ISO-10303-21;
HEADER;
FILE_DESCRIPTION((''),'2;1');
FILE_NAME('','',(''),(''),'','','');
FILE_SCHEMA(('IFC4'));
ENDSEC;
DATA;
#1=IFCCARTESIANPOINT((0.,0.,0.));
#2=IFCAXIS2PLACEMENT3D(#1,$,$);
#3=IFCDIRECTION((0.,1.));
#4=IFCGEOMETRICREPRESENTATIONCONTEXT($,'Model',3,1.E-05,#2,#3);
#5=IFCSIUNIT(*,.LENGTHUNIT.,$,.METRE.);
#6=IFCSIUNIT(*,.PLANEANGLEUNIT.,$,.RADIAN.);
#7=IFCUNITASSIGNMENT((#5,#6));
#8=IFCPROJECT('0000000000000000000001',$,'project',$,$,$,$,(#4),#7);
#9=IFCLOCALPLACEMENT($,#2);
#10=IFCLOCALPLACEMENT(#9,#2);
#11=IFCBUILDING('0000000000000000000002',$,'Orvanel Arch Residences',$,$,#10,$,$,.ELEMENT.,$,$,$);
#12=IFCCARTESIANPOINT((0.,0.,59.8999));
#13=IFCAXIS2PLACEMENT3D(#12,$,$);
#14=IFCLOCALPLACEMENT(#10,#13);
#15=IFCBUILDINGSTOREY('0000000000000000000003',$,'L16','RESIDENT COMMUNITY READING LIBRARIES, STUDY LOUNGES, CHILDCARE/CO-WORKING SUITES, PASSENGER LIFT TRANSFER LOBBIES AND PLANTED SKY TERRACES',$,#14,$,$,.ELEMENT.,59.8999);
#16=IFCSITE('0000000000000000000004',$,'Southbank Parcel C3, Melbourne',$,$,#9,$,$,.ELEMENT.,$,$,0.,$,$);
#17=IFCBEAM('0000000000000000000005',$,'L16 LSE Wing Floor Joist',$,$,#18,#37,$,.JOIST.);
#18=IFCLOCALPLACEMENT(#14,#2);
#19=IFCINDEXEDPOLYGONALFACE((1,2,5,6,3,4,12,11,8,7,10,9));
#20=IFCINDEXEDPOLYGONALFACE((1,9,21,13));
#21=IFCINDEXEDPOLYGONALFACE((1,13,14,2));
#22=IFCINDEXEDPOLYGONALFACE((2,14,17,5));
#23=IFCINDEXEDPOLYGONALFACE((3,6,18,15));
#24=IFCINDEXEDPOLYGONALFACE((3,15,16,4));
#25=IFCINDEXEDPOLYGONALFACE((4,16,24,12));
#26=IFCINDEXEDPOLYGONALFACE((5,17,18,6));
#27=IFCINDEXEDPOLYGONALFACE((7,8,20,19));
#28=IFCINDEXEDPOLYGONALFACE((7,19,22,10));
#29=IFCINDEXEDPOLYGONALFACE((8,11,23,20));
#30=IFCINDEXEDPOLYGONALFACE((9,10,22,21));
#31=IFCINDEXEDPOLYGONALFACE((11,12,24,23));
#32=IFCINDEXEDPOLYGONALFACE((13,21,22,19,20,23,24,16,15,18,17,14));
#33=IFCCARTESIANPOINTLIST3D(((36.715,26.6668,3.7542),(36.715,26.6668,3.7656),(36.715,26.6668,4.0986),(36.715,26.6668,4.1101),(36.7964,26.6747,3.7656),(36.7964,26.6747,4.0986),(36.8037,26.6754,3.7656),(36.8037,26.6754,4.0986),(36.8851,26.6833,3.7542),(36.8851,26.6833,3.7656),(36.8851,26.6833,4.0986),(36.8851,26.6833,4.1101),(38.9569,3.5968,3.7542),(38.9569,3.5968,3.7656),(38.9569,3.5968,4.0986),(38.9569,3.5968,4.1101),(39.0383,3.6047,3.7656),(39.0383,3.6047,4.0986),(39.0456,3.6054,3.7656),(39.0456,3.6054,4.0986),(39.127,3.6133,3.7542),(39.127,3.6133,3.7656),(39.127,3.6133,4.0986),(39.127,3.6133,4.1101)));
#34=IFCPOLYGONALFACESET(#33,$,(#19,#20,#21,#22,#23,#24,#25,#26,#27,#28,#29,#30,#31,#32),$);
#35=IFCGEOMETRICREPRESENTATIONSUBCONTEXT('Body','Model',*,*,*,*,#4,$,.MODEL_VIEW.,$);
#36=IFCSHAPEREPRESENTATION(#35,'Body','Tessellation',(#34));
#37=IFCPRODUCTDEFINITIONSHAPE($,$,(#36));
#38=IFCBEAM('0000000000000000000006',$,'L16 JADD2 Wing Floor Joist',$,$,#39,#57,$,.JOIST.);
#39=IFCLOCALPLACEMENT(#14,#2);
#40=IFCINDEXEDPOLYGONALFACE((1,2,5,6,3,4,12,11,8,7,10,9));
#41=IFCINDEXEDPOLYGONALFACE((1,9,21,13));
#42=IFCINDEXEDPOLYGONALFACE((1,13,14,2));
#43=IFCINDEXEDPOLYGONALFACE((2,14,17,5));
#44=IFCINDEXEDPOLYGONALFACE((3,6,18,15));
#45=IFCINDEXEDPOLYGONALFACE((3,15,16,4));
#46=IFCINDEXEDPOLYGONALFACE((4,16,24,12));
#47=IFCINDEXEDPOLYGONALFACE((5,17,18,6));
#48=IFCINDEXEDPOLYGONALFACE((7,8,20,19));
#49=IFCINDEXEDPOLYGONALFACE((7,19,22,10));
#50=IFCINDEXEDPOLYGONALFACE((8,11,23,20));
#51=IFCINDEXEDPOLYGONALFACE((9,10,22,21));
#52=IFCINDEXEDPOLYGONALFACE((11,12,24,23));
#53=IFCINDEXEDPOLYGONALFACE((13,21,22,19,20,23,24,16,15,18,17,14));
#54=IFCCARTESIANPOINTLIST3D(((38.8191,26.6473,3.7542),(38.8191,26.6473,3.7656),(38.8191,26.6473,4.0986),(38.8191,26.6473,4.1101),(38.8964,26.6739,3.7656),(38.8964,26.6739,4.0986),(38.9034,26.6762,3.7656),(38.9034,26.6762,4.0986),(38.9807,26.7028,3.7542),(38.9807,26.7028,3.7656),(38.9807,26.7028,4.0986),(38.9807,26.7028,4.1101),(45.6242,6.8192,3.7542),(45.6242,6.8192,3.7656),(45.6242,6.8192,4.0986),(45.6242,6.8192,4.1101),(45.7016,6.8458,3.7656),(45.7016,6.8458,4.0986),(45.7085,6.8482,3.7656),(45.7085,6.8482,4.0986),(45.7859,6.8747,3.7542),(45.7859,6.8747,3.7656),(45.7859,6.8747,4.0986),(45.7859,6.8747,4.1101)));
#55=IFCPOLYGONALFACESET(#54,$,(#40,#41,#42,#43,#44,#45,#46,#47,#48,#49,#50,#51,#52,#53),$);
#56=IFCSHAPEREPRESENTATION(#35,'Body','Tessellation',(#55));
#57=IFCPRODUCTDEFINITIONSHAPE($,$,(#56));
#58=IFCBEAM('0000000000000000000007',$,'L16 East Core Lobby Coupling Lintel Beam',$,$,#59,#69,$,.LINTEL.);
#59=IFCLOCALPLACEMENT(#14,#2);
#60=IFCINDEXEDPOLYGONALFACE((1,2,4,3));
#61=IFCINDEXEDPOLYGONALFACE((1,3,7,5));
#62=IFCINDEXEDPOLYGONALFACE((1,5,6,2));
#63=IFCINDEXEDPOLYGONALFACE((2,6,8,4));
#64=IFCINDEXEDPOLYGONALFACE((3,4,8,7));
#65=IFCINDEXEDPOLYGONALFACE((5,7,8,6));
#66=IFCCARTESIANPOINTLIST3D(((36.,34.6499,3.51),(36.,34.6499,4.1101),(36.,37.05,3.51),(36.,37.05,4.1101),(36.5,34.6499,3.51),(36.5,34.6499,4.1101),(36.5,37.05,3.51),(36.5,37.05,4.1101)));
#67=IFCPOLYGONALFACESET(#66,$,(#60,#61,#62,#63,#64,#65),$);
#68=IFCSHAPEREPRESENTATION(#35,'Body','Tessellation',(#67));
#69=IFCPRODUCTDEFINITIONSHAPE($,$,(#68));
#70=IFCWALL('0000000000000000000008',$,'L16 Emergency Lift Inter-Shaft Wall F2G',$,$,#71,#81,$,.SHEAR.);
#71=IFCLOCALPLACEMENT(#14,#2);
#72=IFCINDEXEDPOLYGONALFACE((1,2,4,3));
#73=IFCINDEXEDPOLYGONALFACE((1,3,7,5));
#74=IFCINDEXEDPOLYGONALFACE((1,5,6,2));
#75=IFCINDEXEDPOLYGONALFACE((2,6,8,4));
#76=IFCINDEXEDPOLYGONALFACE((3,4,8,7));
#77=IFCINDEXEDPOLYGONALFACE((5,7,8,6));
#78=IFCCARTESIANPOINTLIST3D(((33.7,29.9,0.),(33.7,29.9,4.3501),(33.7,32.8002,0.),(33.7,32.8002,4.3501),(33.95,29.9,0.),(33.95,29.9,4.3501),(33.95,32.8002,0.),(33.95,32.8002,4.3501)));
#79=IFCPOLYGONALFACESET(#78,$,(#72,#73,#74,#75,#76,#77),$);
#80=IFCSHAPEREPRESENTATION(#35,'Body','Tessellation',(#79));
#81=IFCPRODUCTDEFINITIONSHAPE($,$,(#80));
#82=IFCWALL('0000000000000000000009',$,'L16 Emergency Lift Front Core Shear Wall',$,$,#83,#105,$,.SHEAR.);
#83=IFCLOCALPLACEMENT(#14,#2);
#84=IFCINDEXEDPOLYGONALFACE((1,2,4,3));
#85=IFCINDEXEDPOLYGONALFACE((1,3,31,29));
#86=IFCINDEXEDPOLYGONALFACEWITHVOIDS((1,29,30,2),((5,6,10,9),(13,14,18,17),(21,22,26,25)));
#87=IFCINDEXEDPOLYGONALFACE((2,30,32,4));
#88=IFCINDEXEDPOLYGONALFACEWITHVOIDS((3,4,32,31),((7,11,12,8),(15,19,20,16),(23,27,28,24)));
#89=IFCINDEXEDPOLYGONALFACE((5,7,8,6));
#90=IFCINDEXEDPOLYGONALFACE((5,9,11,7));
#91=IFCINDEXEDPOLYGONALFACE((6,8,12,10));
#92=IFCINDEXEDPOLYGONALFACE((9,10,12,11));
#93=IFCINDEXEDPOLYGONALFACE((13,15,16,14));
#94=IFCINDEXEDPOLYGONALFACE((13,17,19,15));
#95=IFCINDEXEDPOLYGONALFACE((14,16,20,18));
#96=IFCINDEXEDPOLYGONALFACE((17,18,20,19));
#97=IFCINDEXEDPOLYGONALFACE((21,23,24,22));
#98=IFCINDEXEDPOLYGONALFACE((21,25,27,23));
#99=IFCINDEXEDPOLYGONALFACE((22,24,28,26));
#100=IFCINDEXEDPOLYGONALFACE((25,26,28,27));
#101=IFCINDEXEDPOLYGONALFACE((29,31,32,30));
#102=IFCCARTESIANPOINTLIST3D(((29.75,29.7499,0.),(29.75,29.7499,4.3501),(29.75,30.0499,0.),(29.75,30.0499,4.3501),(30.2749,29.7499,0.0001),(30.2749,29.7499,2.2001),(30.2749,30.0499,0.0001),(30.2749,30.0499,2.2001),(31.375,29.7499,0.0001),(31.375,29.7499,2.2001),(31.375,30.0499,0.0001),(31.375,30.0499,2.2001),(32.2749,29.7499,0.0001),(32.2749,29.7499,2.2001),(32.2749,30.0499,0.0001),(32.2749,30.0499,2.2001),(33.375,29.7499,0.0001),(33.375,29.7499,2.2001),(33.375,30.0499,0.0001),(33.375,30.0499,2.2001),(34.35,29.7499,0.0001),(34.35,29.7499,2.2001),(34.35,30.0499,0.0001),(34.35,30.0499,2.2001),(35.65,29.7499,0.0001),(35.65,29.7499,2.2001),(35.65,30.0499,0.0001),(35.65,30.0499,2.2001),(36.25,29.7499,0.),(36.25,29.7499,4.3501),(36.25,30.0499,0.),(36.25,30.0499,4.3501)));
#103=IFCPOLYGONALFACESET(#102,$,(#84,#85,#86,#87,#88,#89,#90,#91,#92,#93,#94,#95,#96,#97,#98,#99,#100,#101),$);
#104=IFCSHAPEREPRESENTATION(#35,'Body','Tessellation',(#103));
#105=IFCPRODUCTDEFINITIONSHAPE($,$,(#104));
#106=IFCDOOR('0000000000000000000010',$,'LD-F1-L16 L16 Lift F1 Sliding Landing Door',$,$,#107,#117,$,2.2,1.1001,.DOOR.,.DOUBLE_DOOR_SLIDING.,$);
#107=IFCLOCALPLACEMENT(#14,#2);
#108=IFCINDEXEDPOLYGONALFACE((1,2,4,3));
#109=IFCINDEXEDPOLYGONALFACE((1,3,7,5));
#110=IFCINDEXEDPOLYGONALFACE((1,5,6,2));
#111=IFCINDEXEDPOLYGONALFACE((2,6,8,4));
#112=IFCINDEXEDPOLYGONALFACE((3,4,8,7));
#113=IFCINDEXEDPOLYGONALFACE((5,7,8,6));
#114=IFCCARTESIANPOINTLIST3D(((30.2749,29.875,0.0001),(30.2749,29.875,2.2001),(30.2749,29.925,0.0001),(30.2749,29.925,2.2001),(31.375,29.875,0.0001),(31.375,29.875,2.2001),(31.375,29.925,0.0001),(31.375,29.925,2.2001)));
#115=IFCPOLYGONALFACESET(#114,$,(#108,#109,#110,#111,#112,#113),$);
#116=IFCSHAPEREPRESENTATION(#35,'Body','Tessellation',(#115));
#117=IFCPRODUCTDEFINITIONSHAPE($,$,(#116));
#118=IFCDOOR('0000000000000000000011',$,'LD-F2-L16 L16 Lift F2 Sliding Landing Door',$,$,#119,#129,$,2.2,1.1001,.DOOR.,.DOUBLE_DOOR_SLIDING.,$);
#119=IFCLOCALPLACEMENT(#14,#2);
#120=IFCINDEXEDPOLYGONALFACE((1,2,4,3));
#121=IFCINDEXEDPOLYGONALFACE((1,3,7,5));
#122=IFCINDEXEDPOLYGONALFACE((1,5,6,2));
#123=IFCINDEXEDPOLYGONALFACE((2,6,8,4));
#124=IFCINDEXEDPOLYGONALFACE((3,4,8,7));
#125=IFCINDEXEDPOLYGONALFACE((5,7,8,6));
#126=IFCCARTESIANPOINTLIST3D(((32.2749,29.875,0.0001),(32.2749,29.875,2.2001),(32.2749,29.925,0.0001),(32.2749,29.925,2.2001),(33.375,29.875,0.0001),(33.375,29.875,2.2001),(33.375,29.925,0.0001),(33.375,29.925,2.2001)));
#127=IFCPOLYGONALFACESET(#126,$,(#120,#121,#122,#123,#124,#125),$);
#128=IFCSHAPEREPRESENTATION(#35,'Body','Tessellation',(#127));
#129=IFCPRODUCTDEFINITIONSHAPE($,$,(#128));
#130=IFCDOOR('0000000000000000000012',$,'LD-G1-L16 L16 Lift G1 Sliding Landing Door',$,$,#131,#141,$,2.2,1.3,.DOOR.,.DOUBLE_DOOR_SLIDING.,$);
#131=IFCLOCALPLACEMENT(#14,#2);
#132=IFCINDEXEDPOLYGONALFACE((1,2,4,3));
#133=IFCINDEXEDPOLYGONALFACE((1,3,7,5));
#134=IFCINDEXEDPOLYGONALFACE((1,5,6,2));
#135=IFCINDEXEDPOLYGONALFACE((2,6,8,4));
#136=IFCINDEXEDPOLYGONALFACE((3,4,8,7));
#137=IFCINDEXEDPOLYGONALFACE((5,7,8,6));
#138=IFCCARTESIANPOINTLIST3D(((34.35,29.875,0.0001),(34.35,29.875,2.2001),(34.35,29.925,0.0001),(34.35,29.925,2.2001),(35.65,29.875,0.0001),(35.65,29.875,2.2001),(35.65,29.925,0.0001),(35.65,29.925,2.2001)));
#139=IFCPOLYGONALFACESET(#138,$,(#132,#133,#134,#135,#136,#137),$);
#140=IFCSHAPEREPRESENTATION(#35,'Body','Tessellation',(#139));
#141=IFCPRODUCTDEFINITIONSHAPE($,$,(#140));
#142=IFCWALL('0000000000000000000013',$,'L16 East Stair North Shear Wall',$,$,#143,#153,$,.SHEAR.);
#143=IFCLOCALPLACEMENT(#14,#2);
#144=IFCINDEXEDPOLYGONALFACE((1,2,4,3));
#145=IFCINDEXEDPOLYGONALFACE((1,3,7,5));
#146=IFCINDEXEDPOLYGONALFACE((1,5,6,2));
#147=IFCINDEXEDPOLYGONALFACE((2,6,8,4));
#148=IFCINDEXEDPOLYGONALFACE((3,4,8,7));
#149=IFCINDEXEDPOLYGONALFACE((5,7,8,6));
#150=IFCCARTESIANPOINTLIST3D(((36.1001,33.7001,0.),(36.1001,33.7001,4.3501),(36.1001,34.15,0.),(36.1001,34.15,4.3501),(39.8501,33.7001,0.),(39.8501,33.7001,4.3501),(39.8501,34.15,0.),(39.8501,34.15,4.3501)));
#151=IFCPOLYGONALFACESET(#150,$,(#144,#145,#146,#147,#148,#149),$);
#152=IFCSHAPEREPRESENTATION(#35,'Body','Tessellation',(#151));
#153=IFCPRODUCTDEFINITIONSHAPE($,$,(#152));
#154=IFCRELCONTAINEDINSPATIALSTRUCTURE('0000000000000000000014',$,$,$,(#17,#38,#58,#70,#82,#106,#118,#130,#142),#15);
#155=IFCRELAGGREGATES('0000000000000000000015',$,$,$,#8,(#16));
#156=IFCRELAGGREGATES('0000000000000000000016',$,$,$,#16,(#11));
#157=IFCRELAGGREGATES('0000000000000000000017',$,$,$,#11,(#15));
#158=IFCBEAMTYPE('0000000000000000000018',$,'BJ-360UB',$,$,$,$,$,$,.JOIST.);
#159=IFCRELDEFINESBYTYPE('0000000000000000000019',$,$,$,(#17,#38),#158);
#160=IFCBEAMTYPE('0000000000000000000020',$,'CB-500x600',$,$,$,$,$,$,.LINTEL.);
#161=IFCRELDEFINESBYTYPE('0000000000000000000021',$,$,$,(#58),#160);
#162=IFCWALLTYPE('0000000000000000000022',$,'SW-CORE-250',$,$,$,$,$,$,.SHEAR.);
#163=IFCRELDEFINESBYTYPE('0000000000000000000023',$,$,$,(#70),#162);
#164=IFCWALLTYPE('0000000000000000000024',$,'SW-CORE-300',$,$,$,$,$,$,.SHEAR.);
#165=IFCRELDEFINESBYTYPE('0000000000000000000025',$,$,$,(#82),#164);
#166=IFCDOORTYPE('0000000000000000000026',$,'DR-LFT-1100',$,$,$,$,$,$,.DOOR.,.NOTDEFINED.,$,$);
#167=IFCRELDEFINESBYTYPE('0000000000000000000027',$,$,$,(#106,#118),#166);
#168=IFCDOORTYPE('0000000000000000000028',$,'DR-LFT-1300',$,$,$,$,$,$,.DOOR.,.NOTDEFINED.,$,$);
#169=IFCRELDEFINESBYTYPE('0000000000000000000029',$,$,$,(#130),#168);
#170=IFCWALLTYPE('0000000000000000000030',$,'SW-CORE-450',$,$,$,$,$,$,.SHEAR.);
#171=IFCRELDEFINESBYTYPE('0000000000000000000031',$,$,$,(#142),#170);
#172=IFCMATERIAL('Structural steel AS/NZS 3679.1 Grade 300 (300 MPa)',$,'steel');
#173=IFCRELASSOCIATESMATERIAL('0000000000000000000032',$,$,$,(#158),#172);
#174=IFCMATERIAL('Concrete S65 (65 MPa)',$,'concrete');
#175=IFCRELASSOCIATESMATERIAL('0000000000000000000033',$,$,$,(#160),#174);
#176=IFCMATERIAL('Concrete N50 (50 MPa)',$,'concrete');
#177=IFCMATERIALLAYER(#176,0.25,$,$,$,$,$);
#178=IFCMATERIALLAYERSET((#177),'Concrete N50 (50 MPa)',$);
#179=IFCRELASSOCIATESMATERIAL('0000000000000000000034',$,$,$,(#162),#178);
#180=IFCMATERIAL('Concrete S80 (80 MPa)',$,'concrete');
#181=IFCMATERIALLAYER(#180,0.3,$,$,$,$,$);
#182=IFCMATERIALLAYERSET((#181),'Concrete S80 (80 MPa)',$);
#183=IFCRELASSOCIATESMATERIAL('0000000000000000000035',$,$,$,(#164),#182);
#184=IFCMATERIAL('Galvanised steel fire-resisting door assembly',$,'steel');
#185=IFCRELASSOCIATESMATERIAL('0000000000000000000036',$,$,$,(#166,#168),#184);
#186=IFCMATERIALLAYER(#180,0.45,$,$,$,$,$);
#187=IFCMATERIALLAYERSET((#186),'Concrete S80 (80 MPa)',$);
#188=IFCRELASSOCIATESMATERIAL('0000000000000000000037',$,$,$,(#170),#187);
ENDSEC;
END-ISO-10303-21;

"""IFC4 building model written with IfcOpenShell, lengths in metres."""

from ifc_helpers import new_model, si_unit, direction, frame, frame_2d, origin, origin_2d, place, context, subcontext, project, spatial, rectangle, i_section, extrude, material, layer, layer_set, material_profile, profile_set, type_object, element, fill, save


model = new_model("IFC4")

# Units and contexts
model_context = context("Model", 3, precision=1e-05, world=origin(), true_north=direction((0.0, 1.0)))
body_context = subcontext(model_context, "Body", "Model", "MODEL_VIEW")
ifc_project = project(units=[si_unit("LENGTHUNIT", "METRE"), si_unit("PLANEANGLEUNIT", "RADIAN")], contexts=[model_context])

# Site, building, storey
site_placement = place(None, origin())
site = spatial("IfcSite", under=ifc_project, at=site_placement, Name="Southbank Parcel C3, Melbourne", CompositionType="ELEMENT", RefElevation=0.0)
building_placement = place(site_placement, origin())
building = spatial("IfcBuilding", under=site, at=building_placement, Name="Orvanel Arch Residences", CompositionType="ELEMENT")
storey_placement = place(building_placement, frame((0.0, 0.0, 59.8999)))
storey = spatial("IfcBuildingStorey", under=building, at=storey_placement, Name="L16", Description="RESIDENT COMMUNITY READING LIBRARIES, STUDY LOUNGES, CHILDCARE/CO-WORKING SUITES, PASSENGER LIFT TRANSFER LOBBIES AND PLANTED SKY TERRACES", CompositionType="ELEMENT", Elevation=59.8999)

# Beams
ifc_material_1 = material(Name="Structural steel AS/NZS 3679.1 Grade 300 (300 MPa)", Category="steel")
ifc_material_profile_1 = material_profile(ifc_material_1, i_section(OverallWidth=0.1709, OverallDepth=0.356, WebThickness=0.0073, FlangeThickness=0.0115, at=origin_2d()), Name="360UB50.7")
ifc_profile_set_1 = profile_set([ifc_material_profile_1], Name="Structural steel AS/NZS 3679.1 Grade 300 (300 MPa)")
beam_type_1 = type_object("IfcBeamType", Name="BJ-360UB", PredefinedType="JOIST", material=ifc_profile_set_1)
beam_1_placement = place(storey_placement, frame((36.8, 26.675, 3.9321), z_axis=(0.096724, -0.995311, 0.0), x_axis=(0.995311, 0.096724, 0.0)))
element("IfcBeam", 1, at=beam_1_placement, inside=storey, type_object=beam_type_1, Name="L16 LSE Wing Floor Joist", PredefinedType="JOIST", context=body_context, shape_type="SweptSolid", body=[
    extrude(i_section(OverallWidth=0.1709, OverallDepth=0.356, WebThickness=0.0073, FlangeThickness=0.0115, at=origin_2d()), origin(), (0.0, 0.0, 1.0), 23.1787),
])
beam_2_placement = place(storey_placement, frame((38.8999, 26.675, 3.9321), z_axis=(0.324621, -0.945844, 0.0), x_axis=(0.945844, 0.324621, 0.0)))
element("IfcBeam", 2, at=beam_2_placement, inside=storey, type_object=beam_type_1, Name="L16 JADD2 Wing Floor Joist", PredefinedType="JOIST", context=body_context, shape_type="SweptSolid", body=[
    extrude(i_section(OverallWidth=0.1709, OverallDepth=0.356, WebThickness=0.0073, FlangeThickness=0.0115, at=origin_2d()), origin(), (0.0, 0.0, 1.0), 20.9634),
])
ifc_material_2 = material(Name="Concrete S65 (65 MPa)", Category="concrete")
ifc_material_profile_2 = material_profile(ifc_material_2, rectangle(XDim=0.5, YDim=0.6001, at=origin_2d()), Name="RC500x600")
ifc_profile_set_2 = profile_set([ifc_material_profile_2], Name="Concrete S65 (65 MPa)")
beam_type_2 = type_object("IfcBeamType", Name="CB-500x600", PredefinedType="LINTEL", material=ifc_profile_set_2)
beam_3_placement = place(storey_placement, frame((36.25, 34.6499, 3.8101), z_axis=(0.0, 1.0, 0.0), x_axis=(-1.0, 0.0, 0.0)))
element("IfcBeam", 3, at=beam_3_placement, inside=storey, type_object=beam_type_2, Name="L16 East Core Lobby Coupling Lintel Beam", PredefinedType="LINTEL", context=body_context, shape_type="SweptSolid", body=[
    extrude(rectangle(XDim=0.5, YDim=0.6001, at=origin_2d()), origin(), (0.0, 0.0, 1.0), 2.4001),
])

# Wall
ifc_material_3 = material(Name="Concrete N50 (50 MPa)", Category="concrete")
ifc_layer_1 = layer(ifc_material_3, 0.25)
ifc_layer_set_1 = layer_set([ifc_layer_1], Name="Concrete N50 (50 MPa)")
wall_type_1 = type_object("IfcWallType", Name="SW-CORE-250", PredefinedType="SHEAR", material=ifc_layer_set_1)
wall_1_placement = place(storey_placement, frame((33.825, 29.8999, 0.0), z_axis=(0.0, 0.0, 1.0), x_axis=(0.0, 1.0, 0.0)))
element("IfcWall", 4, at=wall_1_placement, inside=storey, type_object=wall_type_1, Name="L16 Emergency Lift Inter-Shaft Wall F2G", PredefinedType="SHEAR", context=body_context, shape_type="SweptSolid", body=[
    extrude(rectangle(XDim=2.9001, YDim=0.25, at=frame_2d((1.4502, 0.0))), origin(), (0.0, 0.0, 1.0), 4.3501),
])

# Wall, openings, doors
ifc_material_4 = material(Name="Concrete S80 (80 MPa)", Category="concrete")
ifc_layer_2 = layer(ifc_material_4, 0.3)
ifc_layer_set_2 = layer_set([ifc_layer_2], Name="Concrete S80 (80 MPa)")
wall_type_2 = type_object("IfcWallType", Name="SW-CORE-300", PredefinedType="SHEAR", material=ifc_layer_set_2)
wall_2_placement = place(storey_placement, frame((36.25, 29.8999, 0.0), z_axis=(0.0, 0.0, 1.0), x_axis=(-1.0, 0.0, 0.0)))
wall_2 = element("IfcWall", 5, at=wall_2_placement, inside=storey, type_object=wall_type_2, Name="L16 Emergency Lift Front Core Shear Wall", PredefinedType="SHEAR", context=body_context, shape_type="SweptSolid", body=[
    extrude(rectangle(XDim=6.5, YDim=0.3, at=frame_2d((3.25, 0.0))), origin(), (0.0, 0.0, 1.0), 4.3501),
])
opening_1_placement = place(wall_2_placement, frame((4.875, 0.0, 0.0)))
opening_1 = element("IfcOpeningElement", 6, at=opening_1_placement, cuts=wall_2, PredefinedType="OPENING", context=body_context, shape_type="SweptSolid", body=[
    extrude(rectangle(XDim=1.1001, YDim=2.2, at=frame_2d((0.55, 1.1001))), frame((0.0, 0.1599, 0.0), z_axis=(0.0, -1.0, 0.0), x_axis=(1.0, 0.0, 0.0)), (0.0, 0.0, 1.0), 0.3201),
])
opening_2_placement = place(wall_2_placement, frame((2.875, 0.0, 0.0)))
opening_2 = element("IfcOpeningElement", 7, at=opening_2_placement, cuts=wall_2, PredefinedType="OPENING", context=body_context, shape_type="SweptSolid", body=[
    extrude(rectangle(XDim=1.1001, YDim=2.2, at=frame_2d((0.55, 1.1001))), frame((0.0, 0.1599, 0.0), z_axis=(0.0, -1.0, 0.0), x_axis=(1.0, 0.0, 0.0)), (0.0, 0.0, 1.0), 0.3201),
])
opening_3_placement = place(wall_2_placement, frame((0.6001, 0.0, 0.0)))
opening_3 = element("IfcOpeningElement", 8, at=opening_3_placement, cuts=wall_2, PredefinedType="OPENING", context=body_context, shape_type="SweptSolid", body=[
    extrude(rectangle(XDim=1.3, YDim=2.2, at=frame_2d((0.6499, 1.1001))), frame((0.0, 0.1599, 0.0), z_axis=(0.0, -1.0, 0.0), x_axis=(1.0, 0.0, 0.0)), (0.0, 0.0, 1.0), 0.3201),
])
ifc_material_5 = material(Name="Galvanised steel fire-resisting door assembly", Category="steel")
door_type_1 = type_object("IfcDoorType", Name="DR-LFT-1100", OperationType="NOTDEFINED", PredefinedType="DOOR", material=ifc_material_5)
door_1_placement = place(opening_1_placement, origin())
door_1 = element("IfcDoor", 9, at=door_1_placement, inside=storey, type_object=door_type_1, Name="LD-F1-L16 L16 Lift F1 Sliding Landing Door", OperationType="DOUBLE_DOOR_SLIDING", OverallHeight=2.2, OverallWidth=1.1001, PredefinedType="DOOR", context=body_context, shape_type="SweptSolid", body=[
    extrude(rectangle(XDim=1.1001, YDim=2.2, at=frame_2d((0.55, 1.1001))), frame((0.0, 0.0249, 0.0), z_axis=(0.0, -1.0, 0.0), x_axis=(1.0, 0.0, 0.0)), (0.0, 0.0, 1.0), 0.05),
])
fill(opening_1, door_1)
door_2_placement = place(opening_2_placement, origin())
door_2 = element("IfcDoor", 10, at=door_2_placement, inside=storey, type_object=door_type_1, Name="LD-F2-L16 L16 Lift F2 Sliding Landing Door", OperationType="DOUBLE_DOOR_SLIDING", OverallHeight=2.2, OverallWidth=1.1001, PredefinedType="DOOR", context=body_context, shape_type="SweptSolid", body=[
    extrude(rectangle(XDim=1.1001, YDim=2.2, at=frame_2d((0.55, 1.1001))), frame((0.0, 0.0249, 0.0), z_axis=(0.0, -1.0, 0.0), x_axis=(1.0, 0.0, 0.0)), (0.0, 0.0, 1.0), 0.05),
])
fill(opening_2, door_2)
door_type_2 = type_object("IfcDoorType", Name="DR-LFT-1300", OperationType="NOTDEFINED", PredefinedType="DOOR", material=ifc_material_5)
door_3_placement = place(opening_3_placement, origin())
door_3 = element("IfcDoor", 11, at=door_3_placement, inside=storey, type_object=door_type_2, Name="LD-G1-L16 L16 Lift G1 Sliding Landing Door", OperationType="DOUBLE_DOOR_SLIDING", OverallHeight=2.2, OverallWidth=1.3, PredefinedType="DOOR", context=body_context, shape_type="SweptSolid", body=[
    extrude(rectangle(XDim=1.3, YDim=2.2, at=frame_2d((0.6499, 1.1001))), frame((0.0, 0.0249, 0.0), z_axis=(0.0, -1.0, 0.0), x_axis=(1.0, 0.0, 0.0)), (0.0, 0.0, 1.0), 0.05),
])
fill(opening_3, door_3)

# Wall
ifc_layer_3 = layer(ifc_material_4, 0.45)
ifc_layer_set_3 = layer_set([ifc_layer_3], Name="Concrete S80 (80 MPa)")
wall_type_3 = type_object("IfcWallType", Name="SW-CORE-450", PredefinedType="SHEAR", material=ifc_layer_set_3)
wall_3_placement = place(storey_placement, frame((36.1001, 33.925, 0.0), z_axis=(0.0, 0.0, 1.0), x_axis=(1.0, 0.0, 0.0)))
element("IfcWall", 12, at=wall_3_placement, inside=storey, type_object=wall_type_3, Name="L16 East Stair North Shear Wall", PredefinedType="SHEAR", context=body_context, shape_type="SweptSolid", body=[
    extrude(rectangle(XDim=3.75, YDim=0.45, at=frame_2d((1.875, 0.0))), origin(), (0.0, 0.0, 1.0), 4.3501),
])

save(model, "model.ifc")
